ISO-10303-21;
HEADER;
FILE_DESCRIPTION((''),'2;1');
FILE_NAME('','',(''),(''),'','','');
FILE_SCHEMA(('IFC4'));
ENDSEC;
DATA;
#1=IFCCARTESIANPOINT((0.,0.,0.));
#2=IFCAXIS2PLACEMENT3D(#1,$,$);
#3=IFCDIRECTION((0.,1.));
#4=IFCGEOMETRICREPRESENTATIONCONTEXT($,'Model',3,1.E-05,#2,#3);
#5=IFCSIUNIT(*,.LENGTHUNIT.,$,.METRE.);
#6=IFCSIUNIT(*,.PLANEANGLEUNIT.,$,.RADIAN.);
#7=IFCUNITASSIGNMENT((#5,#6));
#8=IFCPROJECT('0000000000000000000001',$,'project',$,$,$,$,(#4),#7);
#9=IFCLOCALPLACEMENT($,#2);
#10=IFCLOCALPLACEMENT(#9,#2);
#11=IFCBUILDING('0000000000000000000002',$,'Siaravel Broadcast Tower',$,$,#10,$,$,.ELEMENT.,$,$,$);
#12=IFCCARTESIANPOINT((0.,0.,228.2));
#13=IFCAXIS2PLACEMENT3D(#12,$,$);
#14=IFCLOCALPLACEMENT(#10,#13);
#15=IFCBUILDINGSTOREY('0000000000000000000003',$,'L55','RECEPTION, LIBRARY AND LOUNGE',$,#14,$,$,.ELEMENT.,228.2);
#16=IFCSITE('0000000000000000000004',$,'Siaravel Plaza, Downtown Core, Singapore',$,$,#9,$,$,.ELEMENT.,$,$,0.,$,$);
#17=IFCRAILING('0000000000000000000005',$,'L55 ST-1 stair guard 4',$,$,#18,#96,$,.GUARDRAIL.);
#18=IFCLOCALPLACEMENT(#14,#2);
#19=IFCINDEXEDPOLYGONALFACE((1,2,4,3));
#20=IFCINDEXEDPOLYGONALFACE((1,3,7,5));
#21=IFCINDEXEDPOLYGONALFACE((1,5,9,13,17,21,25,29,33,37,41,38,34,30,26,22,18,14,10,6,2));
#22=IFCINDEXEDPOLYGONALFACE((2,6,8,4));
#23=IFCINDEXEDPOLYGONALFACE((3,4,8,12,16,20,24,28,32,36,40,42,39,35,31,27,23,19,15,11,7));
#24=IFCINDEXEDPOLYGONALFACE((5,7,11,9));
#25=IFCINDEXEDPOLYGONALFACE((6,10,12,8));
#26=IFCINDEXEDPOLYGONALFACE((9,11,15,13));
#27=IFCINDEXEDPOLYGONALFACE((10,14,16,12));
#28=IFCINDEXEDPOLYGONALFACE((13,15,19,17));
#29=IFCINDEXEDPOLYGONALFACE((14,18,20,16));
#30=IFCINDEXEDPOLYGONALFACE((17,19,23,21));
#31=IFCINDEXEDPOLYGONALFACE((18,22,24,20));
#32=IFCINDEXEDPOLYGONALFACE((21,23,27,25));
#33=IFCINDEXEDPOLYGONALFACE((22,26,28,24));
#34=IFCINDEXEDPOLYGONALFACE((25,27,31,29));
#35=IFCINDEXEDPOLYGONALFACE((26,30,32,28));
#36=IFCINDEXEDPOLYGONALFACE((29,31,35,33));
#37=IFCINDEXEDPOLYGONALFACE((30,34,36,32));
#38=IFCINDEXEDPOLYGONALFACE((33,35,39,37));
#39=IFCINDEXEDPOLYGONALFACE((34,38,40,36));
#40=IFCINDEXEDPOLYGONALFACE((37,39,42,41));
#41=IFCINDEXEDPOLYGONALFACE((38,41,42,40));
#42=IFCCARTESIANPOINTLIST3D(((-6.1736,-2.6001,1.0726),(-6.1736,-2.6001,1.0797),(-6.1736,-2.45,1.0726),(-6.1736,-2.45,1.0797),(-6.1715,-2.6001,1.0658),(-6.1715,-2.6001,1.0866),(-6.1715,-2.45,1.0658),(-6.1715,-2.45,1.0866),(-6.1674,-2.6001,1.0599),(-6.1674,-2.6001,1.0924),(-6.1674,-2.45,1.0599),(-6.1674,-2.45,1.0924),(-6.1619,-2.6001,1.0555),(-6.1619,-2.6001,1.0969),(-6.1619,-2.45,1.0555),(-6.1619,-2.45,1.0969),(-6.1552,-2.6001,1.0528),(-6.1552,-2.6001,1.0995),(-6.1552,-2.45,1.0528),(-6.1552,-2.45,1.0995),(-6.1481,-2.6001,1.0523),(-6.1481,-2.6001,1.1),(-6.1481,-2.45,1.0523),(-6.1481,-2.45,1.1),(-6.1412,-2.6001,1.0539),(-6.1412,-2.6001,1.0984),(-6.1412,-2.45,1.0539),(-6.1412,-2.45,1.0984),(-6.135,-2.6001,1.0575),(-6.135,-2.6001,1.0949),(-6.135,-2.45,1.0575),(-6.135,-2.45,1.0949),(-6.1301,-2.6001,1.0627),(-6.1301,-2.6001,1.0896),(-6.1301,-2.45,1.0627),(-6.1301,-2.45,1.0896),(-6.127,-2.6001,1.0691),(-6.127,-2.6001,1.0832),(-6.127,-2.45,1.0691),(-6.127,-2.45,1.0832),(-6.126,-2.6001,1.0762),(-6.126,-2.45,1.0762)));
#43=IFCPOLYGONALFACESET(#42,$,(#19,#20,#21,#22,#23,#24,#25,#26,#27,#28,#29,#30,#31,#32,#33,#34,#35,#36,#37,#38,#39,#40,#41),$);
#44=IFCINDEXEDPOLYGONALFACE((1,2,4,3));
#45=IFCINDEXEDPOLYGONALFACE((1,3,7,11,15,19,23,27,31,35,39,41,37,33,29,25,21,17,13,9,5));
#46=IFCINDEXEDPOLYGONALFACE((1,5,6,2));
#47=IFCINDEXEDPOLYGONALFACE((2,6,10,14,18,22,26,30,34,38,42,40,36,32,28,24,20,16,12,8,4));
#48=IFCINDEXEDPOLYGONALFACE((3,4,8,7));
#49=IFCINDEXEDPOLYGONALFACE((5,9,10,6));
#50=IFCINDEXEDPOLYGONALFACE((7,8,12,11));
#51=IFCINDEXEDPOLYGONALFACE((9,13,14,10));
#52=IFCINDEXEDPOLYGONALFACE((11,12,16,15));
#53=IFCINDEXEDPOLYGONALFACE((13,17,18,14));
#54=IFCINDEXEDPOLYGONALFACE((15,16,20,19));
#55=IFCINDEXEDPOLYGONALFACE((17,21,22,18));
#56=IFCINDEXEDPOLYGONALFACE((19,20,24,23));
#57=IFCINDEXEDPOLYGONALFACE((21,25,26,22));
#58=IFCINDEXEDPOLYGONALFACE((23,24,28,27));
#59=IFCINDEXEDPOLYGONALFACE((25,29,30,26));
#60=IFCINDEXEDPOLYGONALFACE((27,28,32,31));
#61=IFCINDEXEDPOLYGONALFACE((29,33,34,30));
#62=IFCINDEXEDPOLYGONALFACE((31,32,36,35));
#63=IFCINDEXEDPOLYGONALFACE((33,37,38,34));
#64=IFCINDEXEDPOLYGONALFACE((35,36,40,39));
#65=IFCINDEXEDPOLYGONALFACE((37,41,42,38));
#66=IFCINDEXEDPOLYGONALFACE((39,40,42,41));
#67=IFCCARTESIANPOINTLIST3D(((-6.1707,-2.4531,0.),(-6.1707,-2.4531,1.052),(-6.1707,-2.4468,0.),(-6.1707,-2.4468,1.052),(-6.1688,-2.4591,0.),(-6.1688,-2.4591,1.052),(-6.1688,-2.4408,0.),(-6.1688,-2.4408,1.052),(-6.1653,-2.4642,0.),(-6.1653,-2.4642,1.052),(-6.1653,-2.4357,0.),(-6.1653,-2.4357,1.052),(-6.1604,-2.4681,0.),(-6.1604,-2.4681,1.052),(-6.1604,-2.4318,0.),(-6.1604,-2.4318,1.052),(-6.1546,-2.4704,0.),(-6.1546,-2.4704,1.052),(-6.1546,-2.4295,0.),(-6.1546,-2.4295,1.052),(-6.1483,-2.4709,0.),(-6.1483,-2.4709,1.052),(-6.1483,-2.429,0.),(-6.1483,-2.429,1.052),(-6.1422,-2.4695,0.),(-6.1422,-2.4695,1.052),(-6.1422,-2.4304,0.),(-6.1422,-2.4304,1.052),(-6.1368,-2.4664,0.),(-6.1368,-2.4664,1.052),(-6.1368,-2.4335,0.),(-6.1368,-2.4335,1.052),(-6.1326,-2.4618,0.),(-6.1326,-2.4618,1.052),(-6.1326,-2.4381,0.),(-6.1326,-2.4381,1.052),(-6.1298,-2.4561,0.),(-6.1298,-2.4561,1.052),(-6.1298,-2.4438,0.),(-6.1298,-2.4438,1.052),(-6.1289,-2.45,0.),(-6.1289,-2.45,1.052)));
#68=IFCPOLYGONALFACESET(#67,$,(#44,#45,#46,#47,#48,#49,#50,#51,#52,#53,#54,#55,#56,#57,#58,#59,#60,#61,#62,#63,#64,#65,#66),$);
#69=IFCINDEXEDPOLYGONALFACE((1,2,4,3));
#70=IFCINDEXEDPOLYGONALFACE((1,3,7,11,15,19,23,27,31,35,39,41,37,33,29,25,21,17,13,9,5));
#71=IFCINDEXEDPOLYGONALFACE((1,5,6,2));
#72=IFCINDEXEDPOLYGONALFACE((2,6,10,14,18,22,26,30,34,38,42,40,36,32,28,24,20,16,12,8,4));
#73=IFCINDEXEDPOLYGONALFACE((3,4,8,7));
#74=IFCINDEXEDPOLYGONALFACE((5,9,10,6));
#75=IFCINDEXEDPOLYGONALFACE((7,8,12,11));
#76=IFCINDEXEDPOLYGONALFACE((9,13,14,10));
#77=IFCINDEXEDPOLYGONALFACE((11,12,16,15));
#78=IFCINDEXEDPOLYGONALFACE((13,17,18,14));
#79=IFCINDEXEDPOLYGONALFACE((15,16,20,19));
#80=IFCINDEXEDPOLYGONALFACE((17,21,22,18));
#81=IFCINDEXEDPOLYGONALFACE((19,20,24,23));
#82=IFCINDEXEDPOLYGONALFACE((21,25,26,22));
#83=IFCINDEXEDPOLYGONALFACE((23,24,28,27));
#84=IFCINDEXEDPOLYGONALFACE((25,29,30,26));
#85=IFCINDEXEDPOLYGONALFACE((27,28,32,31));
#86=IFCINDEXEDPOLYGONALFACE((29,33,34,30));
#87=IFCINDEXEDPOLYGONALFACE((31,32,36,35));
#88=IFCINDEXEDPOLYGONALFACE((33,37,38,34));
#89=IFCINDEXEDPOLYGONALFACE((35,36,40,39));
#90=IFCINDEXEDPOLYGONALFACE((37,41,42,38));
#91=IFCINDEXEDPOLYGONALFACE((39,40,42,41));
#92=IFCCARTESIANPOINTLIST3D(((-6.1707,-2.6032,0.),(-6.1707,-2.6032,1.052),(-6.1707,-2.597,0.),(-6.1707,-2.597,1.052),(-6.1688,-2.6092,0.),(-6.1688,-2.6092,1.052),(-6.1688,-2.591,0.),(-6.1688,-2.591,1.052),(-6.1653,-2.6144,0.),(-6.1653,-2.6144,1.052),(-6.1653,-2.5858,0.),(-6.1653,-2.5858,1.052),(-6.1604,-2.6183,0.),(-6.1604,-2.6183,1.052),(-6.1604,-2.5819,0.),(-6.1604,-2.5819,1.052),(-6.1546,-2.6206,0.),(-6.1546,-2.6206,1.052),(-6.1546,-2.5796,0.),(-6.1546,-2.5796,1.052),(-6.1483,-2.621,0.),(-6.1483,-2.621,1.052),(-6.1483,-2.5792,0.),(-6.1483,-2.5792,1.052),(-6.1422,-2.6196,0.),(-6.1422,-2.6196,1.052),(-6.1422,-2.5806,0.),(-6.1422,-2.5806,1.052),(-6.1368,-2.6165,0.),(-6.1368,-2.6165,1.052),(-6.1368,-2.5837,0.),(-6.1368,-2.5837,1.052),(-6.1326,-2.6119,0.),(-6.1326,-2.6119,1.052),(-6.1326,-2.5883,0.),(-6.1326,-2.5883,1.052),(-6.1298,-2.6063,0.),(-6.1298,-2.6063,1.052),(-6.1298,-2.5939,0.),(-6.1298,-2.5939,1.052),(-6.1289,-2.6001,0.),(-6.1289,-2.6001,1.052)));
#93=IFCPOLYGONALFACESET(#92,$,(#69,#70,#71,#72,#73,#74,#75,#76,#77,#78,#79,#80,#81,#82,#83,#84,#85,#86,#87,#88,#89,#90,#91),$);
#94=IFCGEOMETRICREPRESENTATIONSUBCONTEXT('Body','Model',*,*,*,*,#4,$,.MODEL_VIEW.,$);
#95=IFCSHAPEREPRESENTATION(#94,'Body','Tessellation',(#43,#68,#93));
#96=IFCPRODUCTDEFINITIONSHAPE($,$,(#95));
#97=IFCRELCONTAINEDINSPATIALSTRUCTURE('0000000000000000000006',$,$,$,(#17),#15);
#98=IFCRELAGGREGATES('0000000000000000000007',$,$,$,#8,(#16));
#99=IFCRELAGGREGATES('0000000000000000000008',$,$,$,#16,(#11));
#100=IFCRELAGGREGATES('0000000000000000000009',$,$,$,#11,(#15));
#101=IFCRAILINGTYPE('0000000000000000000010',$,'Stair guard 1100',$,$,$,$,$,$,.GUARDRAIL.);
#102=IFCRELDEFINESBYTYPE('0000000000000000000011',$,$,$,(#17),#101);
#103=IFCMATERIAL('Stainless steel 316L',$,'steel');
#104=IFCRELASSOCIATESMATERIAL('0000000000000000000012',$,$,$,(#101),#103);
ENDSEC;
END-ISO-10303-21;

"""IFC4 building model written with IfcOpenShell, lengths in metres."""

from ifc_helpers import new_model, si_unit, direction, frame, origin, origin_2d, place, context, subcontext, project, spatial, circle, extrude, material, type_object, element, save


model = new_model("IFC4")

# Units and contexts
model_context = context("Model", 3, precision=1e-05, world=origin(), true_north=direction((0.0, 1.0)))
body_context = subcontext(model_context, "Body", "Model", "MODEL_VIEW")
ifc_project = project(units=[si_unit("LENGTHUNIT", "METRE"), si_unit("PLANEANGLEUNIT", "RADIAN")], contexts=[model_context])

# Site, building, storey
site_placement = place(None, origin())
site = spatial("IfcSite", under=ifc_project, at=site_placement, Name="Siaravel Plaza, Downtown Core, Singapore", CompositionType="ELEMENT", RefElevation=0.0)
building_placement = place(site_placement, origin())
building = spatial("IfcBuilding", under=site, at=building_placement, Name="Siaravel Broadcast Tower", CompositionType="ELEMENT")
storey_placement = place(building_placement, frame((0.0, 0.0, 228.2)))
storey = spatial("IfcBuildingStorey", under=building, at=storey_placement, Name="L55", Description="RECEPTION, LIBRARY AND LOUNGE", CompositionType="ELEMENT", Elevation=228.2)

# Shared definitions
ifc_material_1 = material(Name="Stainless steel 316L", Category="steel")

# Railing
railing_type_1 = type_object("IfcRailingType", Name="Stair guard 1100", PredefinedType="GUARDRAIL", material=ifc_material_1)
railing_1_placement = place(storey_placement, frame((-6.1499, -2.45, 0.0)))
element("IfcRailing", 1, at=railing_1_placement, inside=storey, type_object=railing_type_1, Name="L55 ST-1 stair guard 4", PredefinedType="GUARDRAIL", context=body_context, shape_type="SweptSolid", body=[
    extrude(circle(Radius=0.0239, at=origin_2d()), frame((0.0, 0.0, 1.0762), z_axis=(0.0, -1.0, 0.0), x_axis=(1.0, 0.0, 0.0)), (0.0, 0.0, 1.0), 0.1501),
    extrude(circle(Radius=0.021, at=origin_2d()), origin(), (0.0, 0.0, 1.0), 1.052),
    extrude(circle(Radius=0.021, at=origin_2d()), frame((0.0, -0.1501, 0.0)), (0.0, 0.0, 1.0), 1.052),
])

save(model, "model.ifc")
